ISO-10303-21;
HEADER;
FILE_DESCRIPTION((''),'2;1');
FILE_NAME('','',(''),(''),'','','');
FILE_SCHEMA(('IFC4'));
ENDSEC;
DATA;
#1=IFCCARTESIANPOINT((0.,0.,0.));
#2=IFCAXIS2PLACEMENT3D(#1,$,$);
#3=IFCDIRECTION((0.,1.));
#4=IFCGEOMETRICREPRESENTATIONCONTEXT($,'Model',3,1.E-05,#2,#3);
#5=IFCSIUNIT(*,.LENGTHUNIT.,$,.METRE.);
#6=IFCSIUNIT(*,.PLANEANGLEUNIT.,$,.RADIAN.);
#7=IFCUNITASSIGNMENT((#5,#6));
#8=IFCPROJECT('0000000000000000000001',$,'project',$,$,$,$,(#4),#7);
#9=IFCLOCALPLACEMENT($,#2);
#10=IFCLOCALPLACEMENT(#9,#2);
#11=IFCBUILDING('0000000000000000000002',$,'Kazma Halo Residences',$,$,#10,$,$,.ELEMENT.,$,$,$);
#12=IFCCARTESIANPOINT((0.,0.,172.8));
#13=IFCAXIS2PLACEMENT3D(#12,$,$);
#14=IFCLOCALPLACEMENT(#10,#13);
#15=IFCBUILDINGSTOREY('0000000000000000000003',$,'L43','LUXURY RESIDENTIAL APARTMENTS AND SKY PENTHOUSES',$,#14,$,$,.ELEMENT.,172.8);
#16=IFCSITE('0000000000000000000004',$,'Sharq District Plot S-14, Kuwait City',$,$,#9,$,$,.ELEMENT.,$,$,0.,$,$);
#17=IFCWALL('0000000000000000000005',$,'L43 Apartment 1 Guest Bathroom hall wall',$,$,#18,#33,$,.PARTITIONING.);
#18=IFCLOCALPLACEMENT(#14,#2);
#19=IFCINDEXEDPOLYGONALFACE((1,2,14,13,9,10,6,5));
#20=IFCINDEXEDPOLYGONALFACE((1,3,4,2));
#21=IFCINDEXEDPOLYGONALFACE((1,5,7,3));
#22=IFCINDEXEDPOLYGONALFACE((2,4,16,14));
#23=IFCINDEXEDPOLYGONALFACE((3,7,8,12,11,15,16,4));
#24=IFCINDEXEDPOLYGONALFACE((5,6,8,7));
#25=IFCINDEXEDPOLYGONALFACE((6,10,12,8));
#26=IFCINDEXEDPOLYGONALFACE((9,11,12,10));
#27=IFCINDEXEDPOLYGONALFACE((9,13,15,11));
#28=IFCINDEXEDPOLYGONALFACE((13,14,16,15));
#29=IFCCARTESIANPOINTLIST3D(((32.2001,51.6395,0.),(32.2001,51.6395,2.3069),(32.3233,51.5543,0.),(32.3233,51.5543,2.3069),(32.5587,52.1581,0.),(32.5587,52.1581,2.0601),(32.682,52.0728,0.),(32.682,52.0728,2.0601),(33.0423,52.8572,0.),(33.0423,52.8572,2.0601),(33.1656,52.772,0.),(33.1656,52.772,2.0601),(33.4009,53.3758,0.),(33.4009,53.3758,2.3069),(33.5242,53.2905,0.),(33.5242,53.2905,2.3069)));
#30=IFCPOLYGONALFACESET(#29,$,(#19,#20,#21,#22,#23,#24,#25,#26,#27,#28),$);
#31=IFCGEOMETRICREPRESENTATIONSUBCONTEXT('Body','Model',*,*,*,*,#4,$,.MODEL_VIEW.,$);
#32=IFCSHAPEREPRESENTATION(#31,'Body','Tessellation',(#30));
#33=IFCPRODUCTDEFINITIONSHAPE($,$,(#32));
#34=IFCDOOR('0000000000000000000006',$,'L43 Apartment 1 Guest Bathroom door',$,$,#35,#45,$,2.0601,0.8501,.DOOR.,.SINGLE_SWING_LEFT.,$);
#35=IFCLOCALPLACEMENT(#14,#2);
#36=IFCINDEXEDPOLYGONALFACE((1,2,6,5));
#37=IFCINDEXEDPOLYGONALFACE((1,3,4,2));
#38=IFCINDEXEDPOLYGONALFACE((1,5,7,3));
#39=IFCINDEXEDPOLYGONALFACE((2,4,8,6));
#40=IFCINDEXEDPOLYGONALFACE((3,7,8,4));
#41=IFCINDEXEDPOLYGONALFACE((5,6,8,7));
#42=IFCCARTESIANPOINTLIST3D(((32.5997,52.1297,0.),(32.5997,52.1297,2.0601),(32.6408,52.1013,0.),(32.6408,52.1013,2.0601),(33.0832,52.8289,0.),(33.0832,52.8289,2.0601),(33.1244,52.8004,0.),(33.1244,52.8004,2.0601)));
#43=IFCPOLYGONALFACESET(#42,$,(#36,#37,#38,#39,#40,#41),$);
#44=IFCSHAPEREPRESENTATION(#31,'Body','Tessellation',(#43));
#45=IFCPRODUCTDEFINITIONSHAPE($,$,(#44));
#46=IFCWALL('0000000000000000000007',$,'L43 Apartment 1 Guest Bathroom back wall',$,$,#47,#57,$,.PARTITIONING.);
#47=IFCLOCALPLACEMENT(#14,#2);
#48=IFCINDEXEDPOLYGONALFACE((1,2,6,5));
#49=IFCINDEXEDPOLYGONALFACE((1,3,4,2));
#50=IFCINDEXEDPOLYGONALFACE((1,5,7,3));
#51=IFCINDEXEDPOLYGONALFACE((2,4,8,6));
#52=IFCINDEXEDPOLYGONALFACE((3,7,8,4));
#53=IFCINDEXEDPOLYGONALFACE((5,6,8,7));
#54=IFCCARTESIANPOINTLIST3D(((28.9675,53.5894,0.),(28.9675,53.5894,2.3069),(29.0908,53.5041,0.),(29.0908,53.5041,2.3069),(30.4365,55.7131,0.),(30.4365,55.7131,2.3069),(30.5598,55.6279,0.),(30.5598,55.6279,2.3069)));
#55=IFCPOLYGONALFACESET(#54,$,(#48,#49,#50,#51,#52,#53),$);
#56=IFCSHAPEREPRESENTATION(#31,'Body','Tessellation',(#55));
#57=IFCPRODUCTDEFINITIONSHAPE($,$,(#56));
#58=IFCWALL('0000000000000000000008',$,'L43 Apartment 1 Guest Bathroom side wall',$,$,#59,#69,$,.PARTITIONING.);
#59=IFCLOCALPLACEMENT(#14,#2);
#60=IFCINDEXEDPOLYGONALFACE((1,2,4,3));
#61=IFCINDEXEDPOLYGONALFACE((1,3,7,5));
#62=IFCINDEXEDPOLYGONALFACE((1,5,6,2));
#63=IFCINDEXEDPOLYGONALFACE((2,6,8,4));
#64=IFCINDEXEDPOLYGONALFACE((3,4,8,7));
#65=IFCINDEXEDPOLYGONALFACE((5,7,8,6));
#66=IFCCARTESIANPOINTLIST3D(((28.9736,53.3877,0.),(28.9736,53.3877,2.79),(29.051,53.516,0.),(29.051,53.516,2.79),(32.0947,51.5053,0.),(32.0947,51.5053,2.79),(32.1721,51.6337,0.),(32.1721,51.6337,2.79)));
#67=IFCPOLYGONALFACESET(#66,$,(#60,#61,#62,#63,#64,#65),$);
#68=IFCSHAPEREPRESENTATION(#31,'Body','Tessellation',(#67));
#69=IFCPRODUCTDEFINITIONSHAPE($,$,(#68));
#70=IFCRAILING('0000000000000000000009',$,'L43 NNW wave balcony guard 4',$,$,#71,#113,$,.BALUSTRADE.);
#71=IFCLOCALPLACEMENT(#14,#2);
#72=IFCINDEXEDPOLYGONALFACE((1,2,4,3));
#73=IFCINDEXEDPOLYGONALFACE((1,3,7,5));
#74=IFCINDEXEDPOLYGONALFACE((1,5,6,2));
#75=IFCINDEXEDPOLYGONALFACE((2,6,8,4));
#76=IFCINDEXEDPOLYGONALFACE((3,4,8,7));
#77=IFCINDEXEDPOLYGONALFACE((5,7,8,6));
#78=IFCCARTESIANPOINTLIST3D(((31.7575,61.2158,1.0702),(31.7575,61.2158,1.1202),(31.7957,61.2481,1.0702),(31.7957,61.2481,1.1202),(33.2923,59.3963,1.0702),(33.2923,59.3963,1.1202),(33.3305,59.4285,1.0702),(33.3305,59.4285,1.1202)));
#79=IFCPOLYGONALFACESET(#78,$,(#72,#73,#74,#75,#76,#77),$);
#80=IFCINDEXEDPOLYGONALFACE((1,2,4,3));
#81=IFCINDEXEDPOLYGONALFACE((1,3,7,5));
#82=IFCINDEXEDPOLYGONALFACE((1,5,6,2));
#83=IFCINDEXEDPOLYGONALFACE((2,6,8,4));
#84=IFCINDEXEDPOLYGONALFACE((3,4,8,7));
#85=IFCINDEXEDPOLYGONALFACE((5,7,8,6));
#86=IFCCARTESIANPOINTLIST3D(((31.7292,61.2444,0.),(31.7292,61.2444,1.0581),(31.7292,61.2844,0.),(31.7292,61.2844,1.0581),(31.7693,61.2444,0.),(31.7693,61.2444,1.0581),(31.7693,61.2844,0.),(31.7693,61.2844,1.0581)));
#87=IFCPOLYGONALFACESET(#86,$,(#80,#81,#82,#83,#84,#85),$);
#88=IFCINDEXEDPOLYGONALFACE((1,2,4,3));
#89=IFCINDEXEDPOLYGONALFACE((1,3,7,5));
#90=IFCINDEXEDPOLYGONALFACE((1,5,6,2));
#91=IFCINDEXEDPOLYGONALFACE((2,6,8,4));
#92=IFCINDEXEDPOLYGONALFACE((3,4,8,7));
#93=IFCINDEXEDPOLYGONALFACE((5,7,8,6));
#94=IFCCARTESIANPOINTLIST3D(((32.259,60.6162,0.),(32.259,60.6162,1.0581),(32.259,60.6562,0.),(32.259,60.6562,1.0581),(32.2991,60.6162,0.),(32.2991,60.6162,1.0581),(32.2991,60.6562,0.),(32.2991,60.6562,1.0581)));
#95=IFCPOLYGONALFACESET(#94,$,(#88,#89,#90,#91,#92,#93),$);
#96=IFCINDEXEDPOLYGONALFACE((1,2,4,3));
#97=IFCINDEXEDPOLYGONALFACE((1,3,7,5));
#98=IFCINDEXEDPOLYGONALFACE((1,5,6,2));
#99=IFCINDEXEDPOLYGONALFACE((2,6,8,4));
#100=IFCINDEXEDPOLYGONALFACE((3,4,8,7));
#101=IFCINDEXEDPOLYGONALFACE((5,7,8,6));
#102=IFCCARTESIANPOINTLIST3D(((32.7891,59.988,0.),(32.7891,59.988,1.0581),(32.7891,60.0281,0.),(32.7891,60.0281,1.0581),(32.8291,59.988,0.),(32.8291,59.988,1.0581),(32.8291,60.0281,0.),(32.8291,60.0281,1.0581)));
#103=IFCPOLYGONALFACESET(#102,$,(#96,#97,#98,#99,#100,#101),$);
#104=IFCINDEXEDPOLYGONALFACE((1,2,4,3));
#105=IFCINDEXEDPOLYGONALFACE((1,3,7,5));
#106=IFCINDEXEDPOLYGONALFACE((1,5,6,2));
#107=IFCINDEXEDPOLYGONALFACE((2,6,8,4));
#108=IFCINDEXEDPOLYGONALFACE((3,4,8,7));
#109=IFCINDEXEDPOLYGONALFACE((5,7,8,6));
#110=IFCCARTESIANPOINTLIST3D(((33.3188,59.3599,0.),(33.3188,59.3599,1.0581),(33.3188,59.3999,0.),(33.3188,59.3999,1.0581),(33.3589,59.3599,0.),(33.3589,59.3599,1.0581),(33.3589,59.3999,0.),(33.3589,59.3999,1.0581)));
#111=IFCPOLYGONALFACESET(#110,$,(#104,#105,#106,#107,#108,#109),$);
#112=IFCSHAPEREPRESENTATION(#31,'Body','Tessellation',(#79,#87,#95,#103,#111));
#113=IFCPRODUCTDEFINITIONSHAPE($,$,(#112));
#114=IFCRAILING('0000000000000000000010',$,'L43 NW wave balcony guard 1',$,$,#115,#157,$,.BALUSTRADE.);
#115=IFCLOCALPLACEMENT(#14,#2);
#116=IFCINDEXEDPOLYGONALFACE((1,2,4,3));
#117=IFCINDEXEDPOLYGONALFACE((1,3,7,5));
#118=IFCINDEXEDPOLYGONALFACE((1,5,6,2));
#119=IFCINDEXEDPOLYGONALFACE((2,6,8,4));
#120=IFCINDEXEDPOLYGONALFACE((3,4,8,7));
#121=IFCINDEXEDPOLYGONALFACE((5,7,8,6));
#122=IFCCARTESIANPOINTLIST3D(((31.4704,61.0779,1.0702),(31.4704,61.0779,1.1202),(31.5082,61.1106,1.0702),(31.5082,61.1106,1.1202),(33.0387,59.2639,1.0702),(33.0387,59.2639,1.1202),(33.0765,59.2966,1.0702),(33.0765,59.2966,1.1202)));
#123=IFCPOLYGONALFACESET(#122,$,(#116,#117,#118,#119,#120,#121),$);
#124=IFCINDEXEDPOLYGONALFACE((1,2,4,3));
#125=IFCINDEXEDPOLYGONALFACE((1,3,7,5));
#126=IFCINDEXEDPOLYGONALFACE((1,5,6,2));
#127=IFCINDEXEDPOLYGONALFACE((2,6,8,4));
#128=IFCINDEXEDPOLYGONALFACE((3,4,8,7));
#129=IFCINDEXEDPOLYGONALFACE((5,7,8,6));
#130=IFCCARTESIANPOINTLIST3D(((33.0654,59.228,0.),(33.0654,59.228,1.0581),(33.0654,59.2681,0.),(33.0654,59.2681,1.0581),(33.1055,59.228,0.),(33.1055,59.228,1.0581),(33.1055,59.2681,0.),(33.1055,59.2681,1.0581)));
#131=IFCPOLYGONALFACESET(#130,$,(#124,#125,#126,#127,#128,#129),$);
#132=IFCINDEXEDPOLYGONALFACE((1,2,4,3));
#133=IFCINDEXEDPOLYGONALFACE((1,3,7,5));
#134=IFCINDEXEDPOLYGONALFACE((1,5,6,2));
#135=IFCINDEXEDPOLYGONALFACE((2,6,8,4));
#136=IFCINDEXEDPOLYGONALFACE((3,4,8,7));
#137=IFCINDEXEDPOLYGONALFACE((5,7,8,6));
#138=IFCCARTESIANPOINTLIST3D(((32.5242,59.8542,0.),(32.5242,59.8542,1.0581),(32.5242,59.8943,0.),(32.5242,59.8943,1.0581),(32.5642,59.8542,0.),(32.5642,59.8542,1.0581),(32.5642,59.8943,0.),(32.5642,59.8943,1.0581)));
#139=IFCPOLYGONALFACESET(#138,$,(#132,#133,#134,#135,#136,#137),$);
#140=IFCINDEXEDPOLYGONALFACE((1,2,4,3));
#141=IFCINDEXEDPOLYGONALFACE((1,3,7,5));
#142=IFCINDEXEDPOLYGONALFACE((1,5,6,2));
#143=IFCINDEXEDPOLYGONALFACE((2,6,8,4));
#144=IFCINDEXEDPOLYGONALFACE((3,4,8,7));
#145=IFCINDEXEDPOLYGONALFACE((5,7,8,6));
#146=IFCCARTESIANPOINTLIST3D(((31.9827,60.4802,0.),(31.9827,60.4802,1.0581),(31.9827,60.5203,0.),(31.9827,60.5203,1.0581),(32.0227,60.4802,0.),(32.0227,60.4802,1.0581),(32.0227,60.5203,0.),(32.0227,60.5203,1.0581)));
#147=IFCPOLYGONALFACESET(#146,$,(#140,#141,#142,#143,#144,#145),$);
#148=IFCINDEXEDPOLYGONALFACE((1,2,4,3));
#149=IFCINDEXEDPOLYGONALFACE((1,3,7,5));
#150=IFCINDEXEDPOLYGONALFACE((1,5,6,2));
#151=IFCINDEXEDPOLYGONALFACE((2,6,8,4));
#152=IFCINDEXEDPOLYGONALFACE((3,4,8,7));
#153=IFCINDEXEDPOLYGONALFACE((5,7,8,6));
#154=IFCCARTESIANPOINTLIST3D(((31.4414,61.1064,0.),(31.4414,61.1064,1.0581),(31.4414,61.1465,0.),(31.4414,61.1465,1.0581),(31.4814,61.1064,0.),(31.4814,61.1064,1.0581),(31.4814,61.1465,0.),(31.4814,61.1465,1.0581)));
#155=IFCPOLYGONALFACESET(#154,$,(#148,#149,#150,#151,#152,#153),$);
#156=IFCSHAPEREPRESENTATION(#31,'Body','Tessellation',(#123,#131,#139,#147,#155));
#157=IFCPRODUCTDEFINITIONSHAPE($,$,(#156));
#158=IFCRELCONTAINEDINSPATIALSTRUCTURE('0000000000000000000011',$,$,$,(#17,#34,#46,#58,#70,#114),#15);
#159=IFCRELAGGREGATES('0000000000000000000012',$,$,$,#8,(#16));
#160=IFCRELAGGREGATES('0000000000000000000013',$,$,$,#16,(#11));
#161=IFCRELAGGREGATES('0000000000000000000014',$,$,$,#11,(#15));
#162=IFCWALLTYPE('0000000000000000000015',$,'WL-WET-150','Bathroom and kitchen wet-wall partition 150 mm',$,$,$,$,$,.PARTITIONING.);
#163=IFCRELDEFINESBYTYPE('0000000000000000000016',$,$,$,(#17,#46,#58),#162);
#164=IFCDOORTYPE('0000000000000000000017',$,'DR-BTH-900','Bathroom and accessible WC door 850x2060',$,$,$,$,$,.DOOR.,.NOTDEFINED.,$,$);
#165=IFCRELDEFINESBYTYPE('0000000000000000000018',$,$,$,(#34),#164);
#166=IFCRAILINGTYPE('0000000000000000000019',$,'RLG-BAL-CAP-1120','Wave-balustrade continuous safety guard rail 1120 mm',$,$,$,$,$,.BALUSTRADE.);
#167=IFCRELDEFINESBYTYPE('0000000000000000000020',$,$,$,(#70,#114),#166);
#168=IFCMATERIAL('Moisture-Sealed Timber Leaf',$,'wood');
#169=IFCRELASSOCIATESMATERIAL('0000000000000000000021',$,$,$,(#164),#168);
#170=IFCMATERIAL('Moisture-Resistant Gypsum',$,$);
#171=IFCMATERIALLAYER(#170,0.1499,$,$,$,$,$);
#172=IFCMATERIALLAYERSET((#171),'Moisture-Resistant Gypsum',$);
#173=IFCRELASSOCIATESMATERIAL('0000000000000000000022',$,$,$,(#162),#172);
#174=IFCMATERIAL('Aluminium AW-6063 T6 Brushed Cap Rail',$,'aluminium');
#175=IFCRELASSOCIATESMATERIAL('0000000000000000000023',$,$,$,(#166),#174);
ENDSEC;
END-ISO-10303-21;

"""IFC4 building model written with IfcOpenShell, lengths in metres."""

from ifc_helpers import new_model, si_unit, direction, frame, frame_2d, origin, origin_2d, place, context, subcontext, project, spatial, rectangle, extrude, material, layer, layer_set, type_object, element, fill, save


model = new_model("IFC4")

# Units and contexts
model_context = context("Model", 3, precision=1e-05, world=origin(), true_north=direction((0.0, 1.0)))
body_context = subcontext(model_context, "Body", "Model", "MODEL_VIEW")
ifc_project = project(units=[si_unit("LENGTHUNIT", "METRE"), si_unit("PLANEANGLEUNIT", "RADIAN")], contexts=[model_context])

# Site, building, storey
site_placement = place(None, origin())
site = spatial("IfcSite", under=ifc_project, at=site_placement, Name="Sharq District Plot S-14, Kuwait City", CompositionType="ELEMENT", RefElevation=0.0)
building_placement = place(site_placement, origin())
building = spatial("IfcBuilding", under=site, at=building_placement, Name="Kazma Halo Residences", CompositionType="ELEMENT")
storey_placement = place(building_placement, frame((0.0, 0.0, 172.8)))
storey = spatial("IfcBuildingStorey", under=building, at=storey_placement, Name="L43", Description="LUXURY RESIDENTIAL APARTMENTS AND SKY PENTHOUSES", CompositionType="ELEMENT", Elevation=172.8)

# Shared definitions
ifc_material_1 = material(Name="Moisture-Sealed Timber Leaf", Category="wood")
door_type_1 = type_object("IfcDoorType", Name="DR-BTH-900", Description="Bathroom and accessible WC door 850x2060", OperationType="NOTDEFINED", PredefinedType="DOOR", material=ifc_material_1)

# Wall, opening, door
ifc_material_2 = material(Name="Moisture-Resistant Gypsum")
ifc_layer_1 = layer(ifc_material_2, 0.1499)
ifc_layer_set_1 = layer_set([ifc_layer_1], Name="Moisture-Resistant Gypsum")
wall_type_1 = type_object("IfcWallType", Name="WL-WET-150", Description="Bathroom and kitchen wet-wall partition 150 mm", PredefinedType="PARTITIONING", material=ifc_layer_set_1)
wall_1_placement = place(storey_placement, frame((33.4626, 53.3333, 0.0), z_axis=(0.0, 0.0, 1.0), x_axis=(-0.568843, -0.822446, 0.0)))
wall_1 = element("IfcWall", 1, at=wall_1_placement, inside=storey, type_object=wall_type_1, Name="L43 Apartment 1 Guest Bathroom hall wall", PredefinedType="PARTITIONING", context=body_context, shape_type="SweptSolid", body=[
    extrude(rectangle(XDim=2.1111, YDim=0.1499, at=frame_2d((1.0557, 0.0))), origin(), (0.0, 0.0, 1.0), 2.3069),
])
opening_1_placement = place(wall_1_placement, frame((0.6306, 0.0, 0.0)))
opening_1 = element("IfcOpeningElement", 2, at=opening_1_placement, cuts=wall_1, PredefinedType="OPENING", context=body_context, shape_type="SweptSolid", body=[
    extrude(rectangle(XDim=0.8501, YDim=2.0601, at=frame_2d((0.425, 1.03))), frame((0.0, 0.085, 0.0), z_axis=(0.0, -1.0, 0.0), x_axis=(1.0, 0.0, 0.0)), (0.0, 0.0, 1.0), 0.1699),
])
door_1_placement = place(opening_1_placement, origin())
door_1 = element("IfcDoor", 3, at=door_1_placement, inside=storey, type_object=door_type_1, Name="L43 Apartment 1 Guest Bathroom door", OperationType="SINGLE_SWING_LEFT", OverallHeight=2.0601, OverallWidth=0.8501, PredefinedType="DOOR", context=body_context, shape_type="SweptSolid", body=[
    extrude(rectangle(XDim=0.8501, YDim=2.0601, at=frame_2d((0.425, 1.03))), frame((0.0, 0.0249, 0.0), z_axis=(0.0, -1.0, 0.0), x_axis=(1.0, 0.0, 0.0)), (0.0, 0.0, 1.0), 0.05),
])
fill(opening_1, door_1)

# Walls
wall_2_placement = place(storey_placement, frame((30.498, 55.6704, 0.0), z_axis=(0.0, 0.0, 1.0), x_axis=(-0.568866, -0.82243, 0.0)))
element("IfcWall", 4, at=wall_2_placement, inside=storey, type_object=wall_type_1, Name="L43 Apartment 1 Guest Bathroom back wall", PredefinedType="PARTITIONING", context=body_context, shape_type="SweptSolid", body=[
    extrude(rectangle(XDim=2.5823, YDim=0.1499, at=frame_2d((1.291, 0.0))), origin(), (0.0, 0.0, 1.0), 2.3069),
])
wall_3_placement = place(storey_placement, frame((32.1333, 51.5696, 0.0), z_axis=(0.0, 0.0, 1.0), x_axis=(-0.85632, 0.516445, 0.0)))
element("IfcWall", 5, at=wall_3_placement, inside=storey, type_object=wall_type_1, Name="L43 Apartment 1 Guest Bathroom side wall", PredefinedType="PARTITIONING", context=body_context, shape_type="SweptSolid", body=[
    extrude(rectangle(XDim=3.6448, YDim=0.1499, at=frame_2d((1.8223, 0.0))), origin(), (0.0, 0.0, 1.0), 2.79),
])

# Railings
ifc_material_3 = material(Name="Aluminium AW-6063 T6 Brushed Cap Rail", Category="aluminium")
railing_type = type_object("IfcRailingType", Name="RLG-BAL-CAP-1120", Description="Wave-balustrade continuous safety guard rail 1120 mm", PredefinedType="BALUSTRADE", material=ifc_material_3)
railing_1_placement = place(storey_placement, frame((31.7493, 61.2644, 0.0)))
element("IfcRailing", 6, at=railing_1_placement, inside=storey, type_object=railing_type, Name="L43 NNW wave balcony guard 4", PredefinedType="BALUSTRADE", context=body_context, shape_type="SweptSolid", body=[
    extrude(rectangle(XDim=0.05, YDim=0.05, at=origin_2d()), frame((0.0273, -0.0325, 1.0952), z_axis=(0.644761, -0.764385, 0.0), x_axis=(0.764385, 0.644761, 0.0)), (0.0, 0.0, 1.0), 2.3804),
    extrude(rectangle(XDim=0.04, YDim=0.04, at=origin_2d()), origin(), (0.0, 0.0, 1.0), 1.0581),
    extrude(rectangle(XDim=0.04, YDim=0.04, at=origin_2d()), frame((0.5298, -0.6282, 0.0)), (0.0, 0.0, 1.0), 1.0581),
    extrude(rectangle(XDim=0.04, YDim=0.04, at=origin_2d()), frame((1.0598, -1.2563, 0.0)), (0.0, 0.0, 1.0), 1.0581),
    extrude(rectangle(XDim=0.04, YDim=0.04, at=origin_2d()), frame((1.5896, -1.8845, 0.0)), (0.0, 0.0, 1.0), 1.0581),
])
railing_2_placement = place(storey_placement, frame((33.0854, 59.248, 0.0)))
element("IfcRailing", 7, at=railing_2_placement, inside=storey, type_object=railing_type, Name="L43 NW wave balcony guard 1", PredefinedType="BALUSTRADE", context=body_context, shape_type="SweptSolid", body=[
    extrude(rectangle(XDim=0.05, YDim=0.05, at=origin_2d()), frame((-0.0278, 0.0322, 1.0952), z_axis=(-0.654024, 0.756474, 0.0), x_axis=(-0.756474, -0.654024, 0.0)), (0.0, 0.0, 1.0), 2.3979),
    extrude(rectangle(XDim=0.04, YDim=0.04, at=origin_2d()), origin(), (0.0, 0.0, 1.0), 1.0581),
    extrude(rectangle(XDim=0.04, YDim=0.04, at=origin_2d()), frame((-0.5413, 0.6262, 0.0)), (0.0, 0.0, 1.0), 1.0581),
    extrude(rectangle(XDim=0.04, YDim=0.04, at=origin_2d()), frame((-1.0828, 1.2522, 0.0)), (0.0, 0.0, 1.0), 1.0581),
    extrude(rectangle(XDim=0.04, YDim=0.04, at=origin_2d()), frame((-1.624, 1.8784, 0.0)), (0.0, 0.0, 1.0), 1.0581),
])

save(model, "model.ifc")
